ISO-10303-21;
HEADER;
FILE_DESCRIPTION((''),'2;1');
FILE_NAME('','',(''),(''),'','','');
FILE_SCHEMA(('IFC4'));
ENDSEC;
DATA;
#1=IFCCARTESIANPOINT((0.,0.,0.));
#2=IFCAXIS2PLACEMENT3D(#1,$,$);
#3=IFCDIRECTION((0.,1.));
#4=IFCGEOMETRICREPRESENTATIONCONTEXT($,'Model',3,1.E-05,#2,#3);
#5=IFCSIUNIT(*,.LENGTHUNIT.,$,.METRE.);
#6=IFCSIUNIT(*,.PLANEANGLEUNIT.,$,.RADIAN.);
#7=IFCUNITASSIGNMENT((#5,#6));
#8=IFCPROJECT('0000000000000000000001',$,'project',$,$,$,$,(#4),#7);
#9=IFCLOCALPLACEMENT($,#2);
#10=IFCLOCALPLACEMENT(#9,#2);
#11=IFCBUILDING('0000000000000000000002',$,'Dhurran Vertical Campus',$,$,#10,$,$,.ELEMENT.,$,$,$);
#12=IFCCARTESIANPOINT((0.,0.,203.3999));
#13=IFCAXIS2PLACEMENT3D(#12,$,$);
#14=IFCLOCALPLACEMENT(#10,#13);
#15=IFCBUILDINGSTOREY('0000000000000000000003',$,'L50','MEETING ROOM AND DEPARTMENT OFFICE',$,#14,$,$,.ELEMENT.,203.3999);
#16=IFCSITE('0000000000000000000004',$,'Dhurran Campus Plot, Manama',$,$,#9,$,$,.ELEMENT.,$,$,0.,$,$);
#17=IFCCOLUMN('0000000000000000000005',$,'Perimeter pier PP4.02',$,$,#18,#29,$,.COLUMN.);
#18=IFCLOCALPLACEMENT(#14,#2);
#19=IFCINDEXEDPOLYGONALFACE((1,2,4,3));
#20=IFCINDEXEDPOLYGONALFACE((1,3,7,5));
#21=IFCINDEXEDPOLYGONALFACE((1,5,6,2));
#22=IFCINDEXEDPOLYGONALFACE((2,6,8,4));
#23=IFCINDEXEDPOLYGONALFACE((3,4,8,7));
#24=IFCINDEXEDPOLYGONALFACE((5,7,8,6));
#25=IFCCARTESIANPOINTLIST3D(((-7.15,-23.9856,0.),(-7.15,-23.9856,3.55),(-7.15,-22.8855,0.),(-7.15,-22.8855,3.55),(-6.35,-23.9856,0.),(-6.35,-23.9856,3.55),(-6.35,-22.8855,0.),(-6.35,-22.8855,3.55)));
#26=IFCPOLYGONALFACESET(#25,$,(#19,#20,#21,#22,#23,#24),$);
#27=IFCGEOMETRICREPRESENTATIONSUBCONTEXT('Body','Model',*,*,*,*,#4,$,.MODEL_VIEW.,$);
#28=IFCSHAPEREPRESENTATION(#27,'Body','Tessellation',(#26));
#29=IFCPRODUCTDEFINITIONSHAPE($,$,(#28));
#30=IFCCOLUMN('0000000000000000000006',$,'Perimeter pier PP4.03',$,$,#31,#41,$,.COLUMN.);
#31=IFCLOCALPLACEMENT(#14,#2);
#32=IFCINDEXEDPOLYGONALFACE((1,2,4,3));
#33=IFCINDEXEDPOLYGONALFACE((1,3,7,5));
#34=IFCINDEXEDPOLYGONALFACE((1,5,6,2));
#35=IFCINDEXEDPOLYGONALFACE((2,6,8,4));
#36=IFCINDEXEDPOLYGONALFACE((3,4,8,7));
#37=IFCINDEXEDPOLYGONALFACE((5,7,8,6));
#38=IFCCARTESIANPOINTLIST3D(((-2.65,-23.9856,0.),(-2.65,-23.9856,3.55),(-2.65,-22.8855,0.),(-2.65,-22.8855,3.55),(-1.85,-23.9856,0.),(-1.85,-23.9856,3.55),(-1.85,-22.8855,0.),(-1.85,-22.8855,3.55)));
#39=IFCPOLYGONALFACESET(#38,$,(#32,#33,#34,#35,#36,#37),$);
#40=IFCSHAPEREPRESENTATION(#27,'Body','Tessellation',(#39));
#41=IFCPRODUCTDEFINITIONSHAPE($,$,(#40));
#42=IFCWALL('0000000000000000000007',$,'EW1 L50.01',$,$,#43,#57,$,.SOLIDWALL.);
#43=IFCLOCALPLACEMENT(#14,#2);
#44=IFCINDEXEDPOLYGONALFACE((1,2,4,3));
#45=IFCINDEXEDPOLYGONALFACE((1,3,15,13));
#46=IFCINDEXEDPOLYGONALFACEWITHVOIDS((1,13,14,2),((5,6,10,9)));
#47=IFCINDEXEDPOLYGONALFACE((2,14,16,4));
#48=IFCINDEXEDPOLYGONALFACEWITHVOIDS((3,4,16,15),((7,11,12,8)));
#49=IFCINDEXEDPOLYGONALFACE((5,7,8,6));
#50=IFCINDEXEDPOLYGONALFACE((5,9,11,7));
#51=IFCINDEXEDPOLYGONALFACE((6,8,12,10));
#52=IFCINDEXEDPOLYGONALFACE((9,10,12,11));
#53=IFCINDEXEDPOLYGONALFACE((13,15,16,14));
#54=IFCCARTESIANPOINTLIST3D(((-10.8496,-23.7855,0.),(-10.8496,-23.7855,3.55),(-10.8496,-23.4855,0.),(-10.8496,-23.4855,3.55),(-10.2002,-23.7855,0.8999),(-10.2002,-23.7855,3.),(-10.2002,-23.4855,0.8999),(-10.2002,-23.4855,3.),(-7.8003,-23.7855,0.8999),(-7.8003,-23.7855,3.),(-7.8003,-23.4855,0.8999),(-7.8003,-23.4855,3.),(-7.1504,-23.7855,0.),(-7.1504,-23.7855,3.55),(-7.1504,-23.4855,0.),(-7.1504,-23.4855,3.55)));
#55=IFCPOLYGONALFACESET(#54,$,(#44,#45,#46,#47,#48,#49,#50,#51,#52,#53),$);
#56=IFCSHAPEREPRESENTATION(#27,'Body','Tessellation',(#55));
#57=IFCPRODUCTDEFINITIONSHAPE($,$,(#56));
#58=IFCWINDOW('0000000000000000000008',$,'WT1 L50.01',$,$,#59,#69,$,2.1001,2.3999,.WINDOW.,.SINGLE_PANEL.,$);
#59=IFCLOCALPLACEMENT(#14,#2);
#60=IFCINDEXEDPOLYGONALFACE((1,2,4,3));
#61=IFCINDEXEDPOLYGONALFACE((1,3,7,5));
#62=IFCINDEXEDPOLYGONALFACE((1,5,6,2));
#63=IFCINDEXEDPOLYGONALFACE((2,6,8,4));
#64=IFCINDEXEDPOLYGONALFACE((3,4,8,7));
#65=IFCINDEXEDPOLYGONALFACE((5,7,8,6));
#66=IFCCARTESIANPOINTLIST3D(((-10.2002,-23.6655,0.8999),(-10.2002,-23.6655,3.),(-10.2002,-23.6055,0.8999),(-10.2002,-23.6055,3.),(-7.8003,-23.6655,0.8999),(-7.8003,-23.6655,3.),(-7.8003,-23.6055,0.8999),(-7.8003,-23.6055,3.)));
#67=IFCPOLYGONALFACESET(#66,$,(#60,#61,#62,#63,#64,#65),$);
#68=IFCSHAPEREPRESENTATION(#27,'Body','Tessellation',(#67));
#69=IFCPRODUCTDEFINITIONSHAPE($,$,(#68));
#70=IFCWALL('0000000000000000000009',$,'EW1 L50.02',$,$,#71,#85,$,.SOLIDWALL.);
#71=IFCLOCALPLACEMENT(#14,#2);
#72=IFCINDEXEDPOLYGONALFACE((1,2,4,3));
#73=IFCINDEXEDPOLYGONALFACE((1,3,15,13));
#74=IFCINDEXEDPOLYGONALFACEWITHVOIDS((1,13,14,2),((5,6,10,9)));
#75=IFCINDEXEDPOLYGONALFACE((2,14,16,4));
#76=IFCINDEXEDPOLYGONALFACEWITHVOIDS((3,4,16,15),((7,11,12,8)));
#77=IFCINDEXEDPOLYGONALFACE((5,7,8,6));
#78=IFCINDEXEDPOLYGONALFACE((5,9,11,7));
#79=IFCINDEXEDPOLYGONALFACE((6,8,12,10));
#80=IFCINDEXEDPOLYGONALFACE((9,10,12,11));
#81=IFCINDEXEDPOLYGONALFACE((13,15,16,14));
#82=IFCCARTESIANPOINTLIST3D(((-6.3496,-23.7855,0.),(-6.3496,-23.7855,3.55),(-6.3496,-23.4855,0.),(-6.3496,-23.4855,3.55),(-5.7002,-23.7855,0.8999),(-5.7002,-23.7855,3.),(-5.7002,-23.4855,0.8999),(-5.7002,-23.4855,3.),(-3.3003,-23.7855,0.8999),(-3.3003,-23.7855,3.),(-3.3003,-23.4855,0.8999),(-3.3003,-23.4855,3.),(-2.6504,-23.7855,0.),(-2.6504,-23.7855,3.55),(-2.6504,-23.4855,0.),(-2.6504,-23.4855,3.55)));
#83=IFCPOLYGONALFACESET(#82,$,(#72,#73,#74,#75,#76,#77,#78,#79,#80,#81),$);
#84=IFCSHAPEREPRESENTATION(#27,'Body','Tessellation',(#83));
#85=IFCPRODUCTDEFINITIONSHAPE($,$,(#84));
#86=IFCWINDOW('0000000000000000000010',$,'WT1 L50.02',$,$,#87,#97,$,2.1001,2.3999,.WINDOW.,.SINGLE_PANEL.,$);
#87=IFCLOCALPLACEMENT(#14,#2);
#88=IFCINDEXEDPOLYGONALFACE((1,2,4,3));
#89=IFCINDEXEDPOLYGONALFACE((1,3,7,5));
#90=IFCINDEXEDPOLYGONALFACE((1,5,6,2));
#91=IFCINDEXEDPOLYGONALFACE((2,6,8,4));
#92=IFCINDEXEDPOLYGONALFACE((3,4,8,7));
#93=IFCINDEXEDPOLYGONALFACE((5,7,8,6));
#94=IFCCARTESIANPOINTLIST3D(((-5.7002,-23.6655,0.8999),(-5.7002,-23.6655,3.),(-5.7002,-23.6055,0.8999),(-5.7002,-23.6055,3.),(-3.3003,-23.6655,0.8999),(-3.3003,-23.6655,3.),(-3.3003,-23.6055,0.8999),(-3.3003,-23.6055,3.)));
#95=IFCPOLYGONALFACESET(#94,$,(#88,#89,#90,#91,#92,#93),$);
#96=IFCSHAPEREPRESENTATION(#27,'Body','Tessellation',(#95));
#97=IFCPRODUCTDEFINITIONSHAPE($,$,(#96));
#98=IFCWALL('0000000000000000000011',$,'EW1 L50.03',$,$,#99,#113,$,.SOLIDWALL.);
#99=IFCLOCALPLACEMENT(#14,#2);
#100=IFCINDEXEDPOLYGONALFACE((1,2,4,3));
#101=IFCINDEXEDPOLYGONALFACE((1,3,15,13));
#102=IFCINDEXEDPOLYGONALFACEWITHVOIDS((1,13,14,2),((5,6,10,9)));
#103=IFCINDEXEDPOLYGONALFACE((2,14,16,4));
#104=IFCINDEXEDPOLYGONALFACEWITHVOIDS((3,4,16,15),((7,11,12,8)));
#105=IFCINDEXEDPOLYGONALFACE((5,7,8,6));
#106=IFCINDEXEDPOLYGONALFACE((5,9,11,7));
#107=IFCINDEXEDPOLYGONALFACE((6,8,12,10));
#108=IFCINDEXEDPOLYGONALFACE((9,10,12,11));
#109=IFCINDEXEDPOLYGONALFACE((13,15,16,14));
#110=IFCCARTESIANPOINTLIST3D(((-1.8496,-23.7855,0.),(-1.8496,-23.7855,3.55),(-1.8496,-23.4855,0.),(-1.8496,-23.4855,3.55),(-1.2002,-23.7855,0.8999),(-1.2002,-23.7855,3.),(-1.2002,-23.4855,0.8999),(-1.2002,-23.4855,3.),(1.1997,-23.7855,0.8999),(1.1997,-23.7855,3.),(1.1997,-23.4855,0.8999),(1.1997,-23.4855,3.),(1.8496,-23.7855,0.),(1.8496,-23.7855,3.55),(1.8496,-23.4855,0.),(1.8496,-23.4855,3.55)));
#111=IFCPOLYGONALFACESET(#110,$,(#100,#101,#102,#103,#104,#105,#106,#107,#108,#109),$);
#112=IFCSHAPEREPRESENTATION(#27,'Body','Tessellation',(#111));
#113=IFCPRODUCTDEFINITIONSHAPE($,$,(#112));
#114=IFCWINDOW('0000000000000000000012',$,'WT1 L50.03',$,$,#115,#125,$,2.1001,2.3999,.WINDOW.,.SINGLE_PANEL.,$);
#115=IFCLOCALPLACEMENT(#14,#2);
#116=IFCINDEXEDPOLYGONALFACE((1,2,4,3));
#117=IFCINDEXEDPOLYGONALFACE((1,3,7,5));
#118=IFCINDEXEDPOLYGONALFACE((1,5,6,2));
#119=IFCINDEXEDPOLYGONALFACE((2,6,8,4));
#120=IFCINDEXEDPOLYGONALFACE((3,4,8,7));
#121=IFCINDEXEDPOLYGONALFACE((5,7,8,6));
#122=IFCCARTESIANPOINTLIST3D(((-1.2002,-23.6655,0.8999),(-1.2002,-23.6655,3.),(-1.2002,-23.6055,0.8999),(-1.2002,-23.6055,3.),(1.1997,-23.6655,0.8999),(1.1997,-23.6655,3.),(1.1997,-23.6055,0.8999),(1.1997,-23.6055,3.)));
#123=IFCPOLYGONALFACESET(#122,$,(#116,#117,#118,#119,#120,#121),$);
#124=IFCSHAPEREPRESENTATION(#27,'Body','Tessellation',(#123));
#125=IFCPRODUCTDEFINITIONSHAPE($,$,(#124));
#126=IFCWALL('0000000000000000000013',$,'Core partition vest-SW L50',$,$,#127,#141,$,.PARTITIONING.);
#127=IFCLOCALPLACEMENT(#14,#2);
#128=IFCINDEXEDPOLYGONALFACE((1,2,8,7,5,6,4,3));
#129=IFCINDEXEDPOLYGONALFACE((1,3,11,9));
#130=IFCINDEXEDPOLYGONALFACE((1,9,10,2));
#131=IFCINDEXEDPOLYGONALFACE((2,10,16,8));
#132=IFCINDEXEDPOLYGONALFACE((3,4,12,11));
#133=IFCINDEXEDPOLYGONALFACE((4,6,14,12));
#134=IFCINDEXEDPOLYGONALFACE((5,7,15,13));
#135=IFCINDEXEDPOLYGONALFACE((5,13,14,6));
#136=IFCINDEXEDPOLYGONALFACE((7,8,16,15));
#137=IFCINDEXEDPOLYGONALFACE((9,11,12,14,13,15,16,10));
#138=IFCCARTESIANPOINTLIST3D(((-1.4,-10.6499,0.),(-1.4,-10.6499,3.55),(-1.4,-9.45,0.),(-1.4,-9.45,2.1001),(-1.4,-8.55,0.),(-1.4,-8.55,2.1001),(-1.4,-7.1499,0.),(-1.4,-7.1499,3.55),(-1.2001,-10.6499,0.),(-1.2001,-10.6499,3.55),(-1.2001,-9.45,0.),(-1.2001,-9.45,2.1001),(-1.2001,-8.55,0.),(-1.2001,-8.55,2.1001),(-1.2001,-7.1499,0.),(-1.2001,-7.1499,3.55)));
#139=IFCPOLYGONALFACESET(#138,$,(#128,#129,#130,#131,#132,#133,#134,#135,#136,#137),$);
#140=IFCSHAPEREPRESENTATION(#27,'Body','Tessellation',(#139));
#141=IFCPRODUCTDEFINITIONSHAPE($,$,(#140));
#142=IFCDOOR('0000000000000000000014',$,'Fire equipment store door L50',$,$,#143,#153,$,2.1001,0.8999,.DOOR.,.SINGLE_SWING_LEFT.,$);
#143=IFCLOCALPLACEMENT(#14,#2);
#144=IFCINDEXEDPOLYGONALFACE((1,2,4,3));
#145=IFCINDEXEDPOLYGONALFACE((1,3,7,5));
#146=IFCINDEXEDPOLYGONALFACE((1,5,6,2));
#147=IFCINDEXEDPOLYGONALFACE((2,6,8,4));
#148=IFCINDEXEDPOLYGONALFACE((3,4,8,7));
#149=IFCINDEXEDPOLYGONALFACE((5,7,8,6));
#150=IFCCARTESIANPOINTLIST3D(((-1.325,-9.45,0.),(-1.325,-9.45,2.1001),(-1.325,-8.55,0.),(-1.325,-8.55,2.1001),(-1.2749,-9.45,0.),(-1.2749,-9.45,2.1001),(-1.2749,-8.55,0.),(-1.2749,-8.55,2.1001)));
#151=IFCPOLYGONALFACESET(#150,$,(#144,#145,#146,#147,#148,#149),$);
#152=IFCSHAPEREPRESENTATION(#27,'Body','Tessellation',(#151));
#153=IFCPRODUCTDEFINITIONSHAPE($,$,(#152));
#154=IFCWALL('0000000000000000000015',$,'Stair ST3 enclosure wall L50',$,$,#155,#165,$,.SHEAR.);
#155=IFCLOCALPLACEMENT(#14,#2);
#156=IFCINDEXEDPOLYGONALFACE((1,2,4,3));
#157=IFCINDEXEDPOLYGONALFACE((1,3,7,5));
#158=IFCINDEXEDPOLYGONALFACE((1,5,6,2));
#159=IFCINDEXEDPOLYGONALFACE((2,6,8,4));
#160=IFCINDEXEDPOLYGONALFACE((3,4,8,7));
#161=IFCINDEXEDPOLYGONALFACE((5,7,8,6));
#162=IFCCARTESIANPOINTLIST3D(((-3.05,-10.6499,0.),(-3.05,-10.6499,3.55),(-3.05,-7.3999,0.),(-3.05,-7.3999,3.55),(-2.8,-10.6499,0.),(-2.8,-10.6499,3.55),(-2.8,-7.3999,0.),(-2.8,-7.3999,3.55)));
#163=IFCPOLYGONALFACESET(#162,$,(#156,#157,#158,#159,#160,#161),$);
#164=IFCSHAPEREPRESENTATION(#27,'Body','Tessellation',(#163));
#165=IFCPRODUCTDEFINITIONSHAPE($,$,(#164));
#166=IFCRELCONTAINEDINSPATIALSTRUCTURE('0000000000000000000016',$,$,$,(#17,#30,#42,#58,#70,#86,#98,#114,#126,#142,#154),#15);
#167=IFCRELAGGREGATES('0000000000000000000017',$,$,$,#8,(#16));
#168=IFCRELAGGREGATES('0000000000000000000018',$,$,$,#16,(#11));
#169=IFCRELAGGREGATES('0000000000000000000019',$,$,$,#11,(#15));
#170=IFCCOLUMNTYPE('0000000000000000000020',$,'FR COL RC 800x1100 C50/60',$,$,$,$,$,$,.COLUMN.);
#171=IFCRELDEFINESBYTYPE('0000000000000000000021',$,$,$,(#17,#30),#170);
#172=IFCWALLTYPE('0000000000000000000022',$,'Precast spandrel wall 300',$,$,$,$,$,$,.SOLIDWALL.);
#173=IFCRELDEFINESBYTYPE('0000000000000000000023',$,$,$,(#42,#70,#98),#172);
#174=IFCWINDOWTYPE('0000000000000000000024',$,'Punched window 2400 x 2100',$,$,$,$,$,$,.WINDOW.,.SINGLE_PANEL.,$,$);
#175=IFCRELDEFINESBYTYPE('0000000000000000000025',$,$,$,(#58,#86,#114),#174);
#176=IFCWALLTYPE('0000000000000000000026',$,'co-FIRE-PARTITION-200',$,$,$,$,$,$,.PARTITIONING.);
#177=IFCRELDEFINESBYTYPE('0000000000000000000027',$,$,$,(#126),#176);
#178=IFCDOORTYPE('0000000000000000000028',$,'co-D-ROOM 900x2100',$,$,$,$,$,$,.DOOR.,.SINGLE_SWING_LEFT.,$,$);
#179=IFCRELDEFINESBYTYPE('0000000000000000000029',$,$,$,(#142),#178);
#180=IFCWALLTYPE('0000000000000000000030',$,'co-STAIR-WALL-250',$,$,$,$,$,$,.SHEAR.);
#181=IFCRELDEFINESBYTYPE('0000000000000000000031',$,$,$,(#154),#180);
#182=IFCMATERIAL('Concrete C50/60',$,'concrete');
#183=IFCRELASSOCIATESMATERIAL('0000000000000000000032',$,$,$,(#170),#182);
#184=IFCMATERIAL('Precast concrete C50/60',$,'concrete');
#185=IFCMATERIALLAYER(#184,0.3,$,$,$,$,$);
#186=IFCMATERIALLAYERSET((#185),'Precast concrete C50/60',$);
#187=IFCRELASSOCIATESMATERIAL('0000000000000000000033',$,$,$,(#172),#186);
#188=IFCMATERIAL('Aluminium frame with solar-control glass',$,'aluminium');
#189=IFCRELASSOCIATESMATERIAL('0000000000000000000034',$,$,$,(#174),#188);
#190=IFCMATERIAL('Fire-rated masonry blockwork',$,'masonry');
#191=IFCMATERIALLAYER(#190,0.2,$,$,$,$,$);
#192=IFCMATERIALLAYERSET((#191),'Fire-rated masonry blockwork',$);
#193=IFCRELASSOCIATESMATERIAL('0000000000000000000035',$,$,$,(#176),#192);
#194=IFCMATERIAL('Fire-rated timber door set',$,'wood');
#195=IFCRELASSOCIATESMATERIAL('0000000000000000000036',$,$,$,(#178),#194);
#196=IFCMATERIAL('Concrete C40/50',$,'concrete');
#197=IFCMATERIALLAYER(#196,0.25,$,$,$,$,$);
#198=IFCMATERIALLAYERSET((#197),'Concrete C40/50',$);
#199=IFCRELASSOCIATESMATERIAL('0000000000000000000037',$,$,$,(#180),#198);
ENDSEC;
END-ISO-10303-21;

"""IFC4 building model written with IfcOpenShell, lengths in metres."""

from ifc_helpers import new_model, si_unit, direction, frame, frame_2d, origin, origin_2d, place, context, subcontext, project, spatial, rectangle, extrude, material, layer, layer_set, material_profile, profile_set, type_object, element, fill, save


model = new_model("IFC4")

# Units and contexts
model_context = context("Model", 3, precision=1e-05, world=origin(), true_north=direction((0.0, 1.0)))
body_context = subcontext(model_context, "Body", "Model", "MODEL_VIEW")
ifc_project = project(units=[si_unit("LENGTHUNIT", "METRE"), si_unit("PLANEANGLEUNIT", "RADIAN")], contexts=[model_context])

# Site, building, storey
site_placement = place(None, origin())
site = spatial("IfcSite", under=ifc_project, at=site_placement, Name="Dhurran Campus Plot, Manama", CompositionType="ELEMENT", RefElevation=0.0)
building_placement = place(site_placement, origin())
building = spatial("IfcBuilding", under=site, at=building_placement, Name="Dhurran Vertical Campus", CompositionType="ELEMENT")
storey_placement = place(building_placement, frame((0.0, 0.0, 203.3999)))
storey = spatial("IfcBuildingStorey", under=building, at=storey_placement, Name="L50", Description="MEETING ROOM AND DEPARTMENT OFFICE", CompositionType="ELEMENT", Elevation=203.3999)

# Columns
ifc_material_1 = material(Name="Concrete C50/60", Category="concrete")
ifc_material_profile = material_profile(ifc_material_1, rectangle(XDim=0.8, YDim=1.1001, at=origin_2d()), Name="RC 800x1100")
ifc_profile_set = profile_set([ifc_material_profile], Name="Concrete C50/60")
column_type = type_object("IfcColumnType", Name="FR COL RC 800x1100 C50/60", PredefinedType="COLUMN", material=ifc_profile_set)
for number, where, z_axis, x_axis, name in (
    (1, (-6.75, -23.4355, 0.0), (0.0, 0.0, 1.0), (1.0, 0.0, 0.0), "Perimeter pier PP4.02"),
    (2, (-2.25, -23.4355, 0.0), (0.0, 0.0, 1.0), (1.0, 0.0, 0.0), "Perimeter pier PP4.03"),
):
    element("IfcColumn", number, at=place(storey_placement, frame(where, z_axis=z_axis, x_axis=x_axis)), inside=storey, type_object=column_type, Name=name, PredefinedType="COLUMN", context=body_context, shape_type="SweptSolid", body=[
        extrude(rectangle(XDim=0.8, YDim=1.1001, at=origin_2d()), origin(), (0.0, 0.0, 1.0), 3.55),
    ])

# Walls, openings, windows
ifc_material_2 = material(Name="Precast concrete C50/60", Category="concrete")
ifc_layer_1 = layer(ifc_material_2, 0.3)
ifc_layer_set_1 = layer_set([ifc_layer_1], Name="Precast concrete C50/60")
wall_type_1 = type_object("IfcWallType", Name="Precast spandrel wall 300", PredefinedType="SOLIDWALL", material=ifc_layer_set_1)
wall_1_placement = place(storey_placement, frame((-10.8496, -23.6355, 0.0), z_axis=(0.0, 0.0, 1.0), x_axis=(1.0, 0.0, 0.0)))
wall_1 = element("IfcWall", 3, at=wall_1_placement, inside=storey, type_object=wall_type_1, Name="EW1 L50.01", PredefinedType="SOLIDWALL", context=body_context, shape_type="SweptSolid", body=[
    extrude(rectangle(XDim=3.6992, YDim=0.3, at=frame_2d((1.8496, 0.0))), origin(), (0.0, 0.0, 1.0), 3.55),
])
opening_1_placement = place(wall_1_placement, frame((0.6494, 0.0, 0.8999)))
opening_1 = element("IfcOpeningElement", 4, at=opening_1_placement, cuts=wall_1, PredefinedType="OPENING", context=body_context, shape_type="SweptSolid", body=[
    extrude(rectangle(XDim=2.3999, YDim=2.1001, at=frame_2d((1.2, 1.05))), frame((0.0, 0.1599, 0.0), z_axis=(0.0, -1.0, 0.0), x_axis=(1.0, 0.0, 0.0)), (0.0, 0.0, 1.0), 0.3201),
])
ifc_material_3 = material(Name="Aluminium frame with solar-control glass", Category="aluminium")
window_type = type_object("IfcWindowType", Name="Punched window 2400 x 2100", PartitioningType="SINGLE_PANEL", PredefinedType="WINDOW", material=ifc_material_3)
window_1_placement = place(opening_1_placement, origin())
window_1 = element("IfcWindow", 5, at=window_1_placement, inside=storey, type_object=window_type, Name="WT1 L50.01", OverallHeight=2.1001, OverallWidth=2.3999, PartitioningType="SINGLE_PANEL", PredefinedType="WINDOW", context=body_context, shape_type="SweptSolid", body=[
    extrude(rectangle(XDim=2.3999, YDim=2.1001, at=frame_2d((1.2, 1.05))), frame((0.0, 0.03, 0.0), z_axis=(0.0, -1.0, 0.0), x_axis=(1.0, 0.0, 0.0)), (0.0, 0.0, 1.0), 0.0601),
])
fill(opening_1, window_1)
wall_2_placement = place(storey_placement, frame((-6.3496, -23.6355, 0.0), z_axis=(0.0, 0.0, 1.0), x_axis=(1.0, 0.0, 0.0)))
wall_2 = element("IfcWall", 6, at=wall_2_placement, inside=storey, type_object=wall_type_1, Name="EW1 L50.02", PredefinedType="SOLIDWALL", context=body_context, shape_type="SweptSolid", body=[
    extrude(rectangle(XDim=3.6992, YDim=0.3, at=frame_2d((1.8496, 0.0))), origin(), (0.0, 0.0, 1.0), 3.55),
])
opening_2_placement = place(wall_2_placement, frame((0.6494, 0.0, 0.8999)))
opening_2 = element("IfcOpeningElement", 7, at=opening_2_placement, cuts=wall_2, PredefinedType="OPENING", context=body_context, shape_type="SweptSolid", body=[
    extrude(rectangle(XDim=2.3999, YDim=2.1001, at=frame_2d((1.2, 1.05))), frame((0.0, 0.1599, 0.0), z_axis=(0.0, -1.0, 0.0), x_axis=(1.0, 0.0, 0.0)), (0.0, 0.0, 1.0), 0.3201),
])
window_2_placement = place(opening_2_placement, origin())
window_2 = element("IfcWindow", 8, at=window_2_placement, inside=storey, type_object=window_type, Name="WT1 L50.02", OverallHeight=2.1001, OverallWidth=2.3999, PartitioningType="SINGLE_PANEL", PredefinedType="WINDOW", context=body_context, shape_type="SweptSolid", body=[
    extrude(rectangle(XDim=2.3999, YDim=2.1001, at=frame_2d((1.2, 1.05))), frame((0.0, 0.03, 0.0), z_axis=(0.0, -1.0, 0.0), x_axis=(1.0, 0.0, 0.0)), (0.0, 0.0, 1.0), 0.0601),
])
fill(opening_2, window_2)
wall_3_placement = place(storey_placement, frame((-1.8496, -23.6355, 0.0), z_axis=(0.0, 0.0, 1.0), x_axis=(1.0, 0.0, 0.0)))
wall_3 = element("IfcWall", 9, at=wall_3_placement, inside=storey, type_object=wall_type_1, Name="EW1 L50.03", PredefinedType="SOLIDWALL", context=body_context, shape_type="SweptSolid", body=[
    extrude(rectangle(XDim=3.6992, YDim=0.3, at=frame_2d((1.8496, 0.0))), origin(), (0.0, 0.0, 1.0), 3.55),
])
opening_3_placement = place(wall_3_placement, frame((0.6494, 0.0, 0.8999)))
opening_3 = element("IfcOpeningElement", 10, at=opening_3_placement, cuts=wall_3, PredefinedType="OPENING", context=body_context, shape_type="SweptSolid", body=[
    extrude(rectangle(XDim=2.3999, YDim=2.1001, at=frame_2d((1.2, 1.05))), frame((0.0, 0.1599, 0.0), z_axis=(0.0, -1.0, 0.0), x_axis=(1.0, 0.0, 0.0)), (0.0, 0.0, 1.0), 0.3201),
])
window_3_placement = place(opening_3_placement, origin())
window_3 = element("IfcWindow", 11, at=window_3_placement, inside=storey, type_object=window_type, Name="WT1 L50.03", OverallHeight=2.1001, OverallWidth=2.3999, PartitioningType="SINGLE_PANEL", PredefinedType="WINDOW", context=body_context, shape_type="SweptSolid", body=[
    extrude(rectangle(XDim=2.3999, YDim=2.1001, at=frame_2d((1.2, 1.05))), frame((0.0, 0.03, 0.0), z_axis=(0.0, -1.0, 0.0), x_axis=(1.0, 0.0, 0.0)), (0.0, 0.0, 1.0), 0.0601),
])
fill(opening_3, window_3)

# Wall, opening, door
ifc_material_4 = material(Name="Fire-rated masonry blockwork", Category="masonry")
ifc_layer_2 = layer(ifc_material_4, 0.2)
ifc_layer_set_2 = layer_set([ifc_layer_2], Name="Fire-rated masonry blockwork")
wall_type_2 = type_object("IfcWallType", Name="co-FIRE-PARTITION-200", PredefinedType="PARTITIONING", material=ifc_layer_set_2)
wall_4_placement = place(storey_placement, frame((-1.3, -10.6499, 0.0), z_axis=(0.0, 0.0, 1.0), x_axis=(0.0, 1.0, 0.0)))
wall_4 = element("IfcWall", 12, at=wall_4_placement, inside=storey, type_object=wall_type_2, Name="Core partition vest-SW L50", PredefinedType="PARTITIONING", context=body_context, shape_type="SweptSolid", body=[
    extrude(rectangle(XDim=3.5, YDim=0.2, at=frame_2d((1.75, 0.0))), origin(), (0.0, 0.0, 1.0), 3.55),
])
opening_4_placement = place(wall_4_placement, frame((1.2, 0.0, 0.0)))
opening_4 = element("IfcOpeningElement", 13, at=opening_4_placement, cuts=wall_4, PredefinedType="OPENING", context=body_context, shape_type="SweptSolid", body=[
    extrude(rectangle(XDim=0.8999, YDim=2.1001, at=frame_2d((0.45, 1.05))), frame((0.0, 0.1099, 0.0), z_axis=(0.0, -1.0, 0.0), x_axis=(1.0, 0.0, 0.0)), (0.0, 0.0, 1.0), 0.22),
])
ifc_material_5 = material(Name="Fire-rated timber door set", Category="wood")
door_type_1 = type_object("IfcDoorType", Name="co-D-ROOM 900x2100", OperationType="SINGLE_SWING_LEFT", PredefinedType="DOOR", material=ifc_material_5)
door_1_placement = place(opening_4_placement, origin())
door_1 = element("IfcDoor", 14, at=door_1_placement, inside=storey, type_object=door_type_1, Name="Fire equipment store door L50", OperationType="SINGLE_SWING_LEFT", OverallHeight=2.1001, OverallWidth=0.8999, PredefinedType="DOOR", context=body_context, shape_type="SweptSolid", body=[
    extrude(rectangle(XDim=0.8999, YDim=2.1001, at=frame_2d((0.45, 1.05))), frame((0.0, 0.0249, 0.0), z_axis=(0.0, -1.0, 0.0), x_axis=(1.0, 0.0, 0.0)), (0.0, 0.0, 1.0), 0.05),
])
fill(opening_4, door_1)

# Wall
ifc_material_6 = material(Name="Concrete C40/50", Category="concrete")
ifc_layer_3 = layer(ifc_material_6, 0.25)
ifc_layer_set_3 = layer_set([ifc_layer_3], Name="Concrete C40/50")
wall_type_3 = type_object("IfcWallType", Name="co-STAIR-WALL-250", PredefinedType="SHEAR", material=ifc_layer_set_3)
wall_5_placement = place(storey_placement, frame((-2.925, -10.6499, 0.0), z_axis=(0.0, 0.0, 1.0), x_axis=(0.0, 1.0, 0.0)))
element("IfcWall", 15, at=wall_5_placement, inside=storey, type_object=wall_type_3, Name="Stair ST3 enclosure wall L50", PredefinedType="SHEAR", context=body_context, shape_type="SweptSolid", body=[
    extrude(rectangle(XDim=3.25, YDim=0.25, at=frame_2d((1.625, 0.0))), origin(), (0.0, 0.0, 1.0), 3.55),
])

save(model, "model.ifc")
